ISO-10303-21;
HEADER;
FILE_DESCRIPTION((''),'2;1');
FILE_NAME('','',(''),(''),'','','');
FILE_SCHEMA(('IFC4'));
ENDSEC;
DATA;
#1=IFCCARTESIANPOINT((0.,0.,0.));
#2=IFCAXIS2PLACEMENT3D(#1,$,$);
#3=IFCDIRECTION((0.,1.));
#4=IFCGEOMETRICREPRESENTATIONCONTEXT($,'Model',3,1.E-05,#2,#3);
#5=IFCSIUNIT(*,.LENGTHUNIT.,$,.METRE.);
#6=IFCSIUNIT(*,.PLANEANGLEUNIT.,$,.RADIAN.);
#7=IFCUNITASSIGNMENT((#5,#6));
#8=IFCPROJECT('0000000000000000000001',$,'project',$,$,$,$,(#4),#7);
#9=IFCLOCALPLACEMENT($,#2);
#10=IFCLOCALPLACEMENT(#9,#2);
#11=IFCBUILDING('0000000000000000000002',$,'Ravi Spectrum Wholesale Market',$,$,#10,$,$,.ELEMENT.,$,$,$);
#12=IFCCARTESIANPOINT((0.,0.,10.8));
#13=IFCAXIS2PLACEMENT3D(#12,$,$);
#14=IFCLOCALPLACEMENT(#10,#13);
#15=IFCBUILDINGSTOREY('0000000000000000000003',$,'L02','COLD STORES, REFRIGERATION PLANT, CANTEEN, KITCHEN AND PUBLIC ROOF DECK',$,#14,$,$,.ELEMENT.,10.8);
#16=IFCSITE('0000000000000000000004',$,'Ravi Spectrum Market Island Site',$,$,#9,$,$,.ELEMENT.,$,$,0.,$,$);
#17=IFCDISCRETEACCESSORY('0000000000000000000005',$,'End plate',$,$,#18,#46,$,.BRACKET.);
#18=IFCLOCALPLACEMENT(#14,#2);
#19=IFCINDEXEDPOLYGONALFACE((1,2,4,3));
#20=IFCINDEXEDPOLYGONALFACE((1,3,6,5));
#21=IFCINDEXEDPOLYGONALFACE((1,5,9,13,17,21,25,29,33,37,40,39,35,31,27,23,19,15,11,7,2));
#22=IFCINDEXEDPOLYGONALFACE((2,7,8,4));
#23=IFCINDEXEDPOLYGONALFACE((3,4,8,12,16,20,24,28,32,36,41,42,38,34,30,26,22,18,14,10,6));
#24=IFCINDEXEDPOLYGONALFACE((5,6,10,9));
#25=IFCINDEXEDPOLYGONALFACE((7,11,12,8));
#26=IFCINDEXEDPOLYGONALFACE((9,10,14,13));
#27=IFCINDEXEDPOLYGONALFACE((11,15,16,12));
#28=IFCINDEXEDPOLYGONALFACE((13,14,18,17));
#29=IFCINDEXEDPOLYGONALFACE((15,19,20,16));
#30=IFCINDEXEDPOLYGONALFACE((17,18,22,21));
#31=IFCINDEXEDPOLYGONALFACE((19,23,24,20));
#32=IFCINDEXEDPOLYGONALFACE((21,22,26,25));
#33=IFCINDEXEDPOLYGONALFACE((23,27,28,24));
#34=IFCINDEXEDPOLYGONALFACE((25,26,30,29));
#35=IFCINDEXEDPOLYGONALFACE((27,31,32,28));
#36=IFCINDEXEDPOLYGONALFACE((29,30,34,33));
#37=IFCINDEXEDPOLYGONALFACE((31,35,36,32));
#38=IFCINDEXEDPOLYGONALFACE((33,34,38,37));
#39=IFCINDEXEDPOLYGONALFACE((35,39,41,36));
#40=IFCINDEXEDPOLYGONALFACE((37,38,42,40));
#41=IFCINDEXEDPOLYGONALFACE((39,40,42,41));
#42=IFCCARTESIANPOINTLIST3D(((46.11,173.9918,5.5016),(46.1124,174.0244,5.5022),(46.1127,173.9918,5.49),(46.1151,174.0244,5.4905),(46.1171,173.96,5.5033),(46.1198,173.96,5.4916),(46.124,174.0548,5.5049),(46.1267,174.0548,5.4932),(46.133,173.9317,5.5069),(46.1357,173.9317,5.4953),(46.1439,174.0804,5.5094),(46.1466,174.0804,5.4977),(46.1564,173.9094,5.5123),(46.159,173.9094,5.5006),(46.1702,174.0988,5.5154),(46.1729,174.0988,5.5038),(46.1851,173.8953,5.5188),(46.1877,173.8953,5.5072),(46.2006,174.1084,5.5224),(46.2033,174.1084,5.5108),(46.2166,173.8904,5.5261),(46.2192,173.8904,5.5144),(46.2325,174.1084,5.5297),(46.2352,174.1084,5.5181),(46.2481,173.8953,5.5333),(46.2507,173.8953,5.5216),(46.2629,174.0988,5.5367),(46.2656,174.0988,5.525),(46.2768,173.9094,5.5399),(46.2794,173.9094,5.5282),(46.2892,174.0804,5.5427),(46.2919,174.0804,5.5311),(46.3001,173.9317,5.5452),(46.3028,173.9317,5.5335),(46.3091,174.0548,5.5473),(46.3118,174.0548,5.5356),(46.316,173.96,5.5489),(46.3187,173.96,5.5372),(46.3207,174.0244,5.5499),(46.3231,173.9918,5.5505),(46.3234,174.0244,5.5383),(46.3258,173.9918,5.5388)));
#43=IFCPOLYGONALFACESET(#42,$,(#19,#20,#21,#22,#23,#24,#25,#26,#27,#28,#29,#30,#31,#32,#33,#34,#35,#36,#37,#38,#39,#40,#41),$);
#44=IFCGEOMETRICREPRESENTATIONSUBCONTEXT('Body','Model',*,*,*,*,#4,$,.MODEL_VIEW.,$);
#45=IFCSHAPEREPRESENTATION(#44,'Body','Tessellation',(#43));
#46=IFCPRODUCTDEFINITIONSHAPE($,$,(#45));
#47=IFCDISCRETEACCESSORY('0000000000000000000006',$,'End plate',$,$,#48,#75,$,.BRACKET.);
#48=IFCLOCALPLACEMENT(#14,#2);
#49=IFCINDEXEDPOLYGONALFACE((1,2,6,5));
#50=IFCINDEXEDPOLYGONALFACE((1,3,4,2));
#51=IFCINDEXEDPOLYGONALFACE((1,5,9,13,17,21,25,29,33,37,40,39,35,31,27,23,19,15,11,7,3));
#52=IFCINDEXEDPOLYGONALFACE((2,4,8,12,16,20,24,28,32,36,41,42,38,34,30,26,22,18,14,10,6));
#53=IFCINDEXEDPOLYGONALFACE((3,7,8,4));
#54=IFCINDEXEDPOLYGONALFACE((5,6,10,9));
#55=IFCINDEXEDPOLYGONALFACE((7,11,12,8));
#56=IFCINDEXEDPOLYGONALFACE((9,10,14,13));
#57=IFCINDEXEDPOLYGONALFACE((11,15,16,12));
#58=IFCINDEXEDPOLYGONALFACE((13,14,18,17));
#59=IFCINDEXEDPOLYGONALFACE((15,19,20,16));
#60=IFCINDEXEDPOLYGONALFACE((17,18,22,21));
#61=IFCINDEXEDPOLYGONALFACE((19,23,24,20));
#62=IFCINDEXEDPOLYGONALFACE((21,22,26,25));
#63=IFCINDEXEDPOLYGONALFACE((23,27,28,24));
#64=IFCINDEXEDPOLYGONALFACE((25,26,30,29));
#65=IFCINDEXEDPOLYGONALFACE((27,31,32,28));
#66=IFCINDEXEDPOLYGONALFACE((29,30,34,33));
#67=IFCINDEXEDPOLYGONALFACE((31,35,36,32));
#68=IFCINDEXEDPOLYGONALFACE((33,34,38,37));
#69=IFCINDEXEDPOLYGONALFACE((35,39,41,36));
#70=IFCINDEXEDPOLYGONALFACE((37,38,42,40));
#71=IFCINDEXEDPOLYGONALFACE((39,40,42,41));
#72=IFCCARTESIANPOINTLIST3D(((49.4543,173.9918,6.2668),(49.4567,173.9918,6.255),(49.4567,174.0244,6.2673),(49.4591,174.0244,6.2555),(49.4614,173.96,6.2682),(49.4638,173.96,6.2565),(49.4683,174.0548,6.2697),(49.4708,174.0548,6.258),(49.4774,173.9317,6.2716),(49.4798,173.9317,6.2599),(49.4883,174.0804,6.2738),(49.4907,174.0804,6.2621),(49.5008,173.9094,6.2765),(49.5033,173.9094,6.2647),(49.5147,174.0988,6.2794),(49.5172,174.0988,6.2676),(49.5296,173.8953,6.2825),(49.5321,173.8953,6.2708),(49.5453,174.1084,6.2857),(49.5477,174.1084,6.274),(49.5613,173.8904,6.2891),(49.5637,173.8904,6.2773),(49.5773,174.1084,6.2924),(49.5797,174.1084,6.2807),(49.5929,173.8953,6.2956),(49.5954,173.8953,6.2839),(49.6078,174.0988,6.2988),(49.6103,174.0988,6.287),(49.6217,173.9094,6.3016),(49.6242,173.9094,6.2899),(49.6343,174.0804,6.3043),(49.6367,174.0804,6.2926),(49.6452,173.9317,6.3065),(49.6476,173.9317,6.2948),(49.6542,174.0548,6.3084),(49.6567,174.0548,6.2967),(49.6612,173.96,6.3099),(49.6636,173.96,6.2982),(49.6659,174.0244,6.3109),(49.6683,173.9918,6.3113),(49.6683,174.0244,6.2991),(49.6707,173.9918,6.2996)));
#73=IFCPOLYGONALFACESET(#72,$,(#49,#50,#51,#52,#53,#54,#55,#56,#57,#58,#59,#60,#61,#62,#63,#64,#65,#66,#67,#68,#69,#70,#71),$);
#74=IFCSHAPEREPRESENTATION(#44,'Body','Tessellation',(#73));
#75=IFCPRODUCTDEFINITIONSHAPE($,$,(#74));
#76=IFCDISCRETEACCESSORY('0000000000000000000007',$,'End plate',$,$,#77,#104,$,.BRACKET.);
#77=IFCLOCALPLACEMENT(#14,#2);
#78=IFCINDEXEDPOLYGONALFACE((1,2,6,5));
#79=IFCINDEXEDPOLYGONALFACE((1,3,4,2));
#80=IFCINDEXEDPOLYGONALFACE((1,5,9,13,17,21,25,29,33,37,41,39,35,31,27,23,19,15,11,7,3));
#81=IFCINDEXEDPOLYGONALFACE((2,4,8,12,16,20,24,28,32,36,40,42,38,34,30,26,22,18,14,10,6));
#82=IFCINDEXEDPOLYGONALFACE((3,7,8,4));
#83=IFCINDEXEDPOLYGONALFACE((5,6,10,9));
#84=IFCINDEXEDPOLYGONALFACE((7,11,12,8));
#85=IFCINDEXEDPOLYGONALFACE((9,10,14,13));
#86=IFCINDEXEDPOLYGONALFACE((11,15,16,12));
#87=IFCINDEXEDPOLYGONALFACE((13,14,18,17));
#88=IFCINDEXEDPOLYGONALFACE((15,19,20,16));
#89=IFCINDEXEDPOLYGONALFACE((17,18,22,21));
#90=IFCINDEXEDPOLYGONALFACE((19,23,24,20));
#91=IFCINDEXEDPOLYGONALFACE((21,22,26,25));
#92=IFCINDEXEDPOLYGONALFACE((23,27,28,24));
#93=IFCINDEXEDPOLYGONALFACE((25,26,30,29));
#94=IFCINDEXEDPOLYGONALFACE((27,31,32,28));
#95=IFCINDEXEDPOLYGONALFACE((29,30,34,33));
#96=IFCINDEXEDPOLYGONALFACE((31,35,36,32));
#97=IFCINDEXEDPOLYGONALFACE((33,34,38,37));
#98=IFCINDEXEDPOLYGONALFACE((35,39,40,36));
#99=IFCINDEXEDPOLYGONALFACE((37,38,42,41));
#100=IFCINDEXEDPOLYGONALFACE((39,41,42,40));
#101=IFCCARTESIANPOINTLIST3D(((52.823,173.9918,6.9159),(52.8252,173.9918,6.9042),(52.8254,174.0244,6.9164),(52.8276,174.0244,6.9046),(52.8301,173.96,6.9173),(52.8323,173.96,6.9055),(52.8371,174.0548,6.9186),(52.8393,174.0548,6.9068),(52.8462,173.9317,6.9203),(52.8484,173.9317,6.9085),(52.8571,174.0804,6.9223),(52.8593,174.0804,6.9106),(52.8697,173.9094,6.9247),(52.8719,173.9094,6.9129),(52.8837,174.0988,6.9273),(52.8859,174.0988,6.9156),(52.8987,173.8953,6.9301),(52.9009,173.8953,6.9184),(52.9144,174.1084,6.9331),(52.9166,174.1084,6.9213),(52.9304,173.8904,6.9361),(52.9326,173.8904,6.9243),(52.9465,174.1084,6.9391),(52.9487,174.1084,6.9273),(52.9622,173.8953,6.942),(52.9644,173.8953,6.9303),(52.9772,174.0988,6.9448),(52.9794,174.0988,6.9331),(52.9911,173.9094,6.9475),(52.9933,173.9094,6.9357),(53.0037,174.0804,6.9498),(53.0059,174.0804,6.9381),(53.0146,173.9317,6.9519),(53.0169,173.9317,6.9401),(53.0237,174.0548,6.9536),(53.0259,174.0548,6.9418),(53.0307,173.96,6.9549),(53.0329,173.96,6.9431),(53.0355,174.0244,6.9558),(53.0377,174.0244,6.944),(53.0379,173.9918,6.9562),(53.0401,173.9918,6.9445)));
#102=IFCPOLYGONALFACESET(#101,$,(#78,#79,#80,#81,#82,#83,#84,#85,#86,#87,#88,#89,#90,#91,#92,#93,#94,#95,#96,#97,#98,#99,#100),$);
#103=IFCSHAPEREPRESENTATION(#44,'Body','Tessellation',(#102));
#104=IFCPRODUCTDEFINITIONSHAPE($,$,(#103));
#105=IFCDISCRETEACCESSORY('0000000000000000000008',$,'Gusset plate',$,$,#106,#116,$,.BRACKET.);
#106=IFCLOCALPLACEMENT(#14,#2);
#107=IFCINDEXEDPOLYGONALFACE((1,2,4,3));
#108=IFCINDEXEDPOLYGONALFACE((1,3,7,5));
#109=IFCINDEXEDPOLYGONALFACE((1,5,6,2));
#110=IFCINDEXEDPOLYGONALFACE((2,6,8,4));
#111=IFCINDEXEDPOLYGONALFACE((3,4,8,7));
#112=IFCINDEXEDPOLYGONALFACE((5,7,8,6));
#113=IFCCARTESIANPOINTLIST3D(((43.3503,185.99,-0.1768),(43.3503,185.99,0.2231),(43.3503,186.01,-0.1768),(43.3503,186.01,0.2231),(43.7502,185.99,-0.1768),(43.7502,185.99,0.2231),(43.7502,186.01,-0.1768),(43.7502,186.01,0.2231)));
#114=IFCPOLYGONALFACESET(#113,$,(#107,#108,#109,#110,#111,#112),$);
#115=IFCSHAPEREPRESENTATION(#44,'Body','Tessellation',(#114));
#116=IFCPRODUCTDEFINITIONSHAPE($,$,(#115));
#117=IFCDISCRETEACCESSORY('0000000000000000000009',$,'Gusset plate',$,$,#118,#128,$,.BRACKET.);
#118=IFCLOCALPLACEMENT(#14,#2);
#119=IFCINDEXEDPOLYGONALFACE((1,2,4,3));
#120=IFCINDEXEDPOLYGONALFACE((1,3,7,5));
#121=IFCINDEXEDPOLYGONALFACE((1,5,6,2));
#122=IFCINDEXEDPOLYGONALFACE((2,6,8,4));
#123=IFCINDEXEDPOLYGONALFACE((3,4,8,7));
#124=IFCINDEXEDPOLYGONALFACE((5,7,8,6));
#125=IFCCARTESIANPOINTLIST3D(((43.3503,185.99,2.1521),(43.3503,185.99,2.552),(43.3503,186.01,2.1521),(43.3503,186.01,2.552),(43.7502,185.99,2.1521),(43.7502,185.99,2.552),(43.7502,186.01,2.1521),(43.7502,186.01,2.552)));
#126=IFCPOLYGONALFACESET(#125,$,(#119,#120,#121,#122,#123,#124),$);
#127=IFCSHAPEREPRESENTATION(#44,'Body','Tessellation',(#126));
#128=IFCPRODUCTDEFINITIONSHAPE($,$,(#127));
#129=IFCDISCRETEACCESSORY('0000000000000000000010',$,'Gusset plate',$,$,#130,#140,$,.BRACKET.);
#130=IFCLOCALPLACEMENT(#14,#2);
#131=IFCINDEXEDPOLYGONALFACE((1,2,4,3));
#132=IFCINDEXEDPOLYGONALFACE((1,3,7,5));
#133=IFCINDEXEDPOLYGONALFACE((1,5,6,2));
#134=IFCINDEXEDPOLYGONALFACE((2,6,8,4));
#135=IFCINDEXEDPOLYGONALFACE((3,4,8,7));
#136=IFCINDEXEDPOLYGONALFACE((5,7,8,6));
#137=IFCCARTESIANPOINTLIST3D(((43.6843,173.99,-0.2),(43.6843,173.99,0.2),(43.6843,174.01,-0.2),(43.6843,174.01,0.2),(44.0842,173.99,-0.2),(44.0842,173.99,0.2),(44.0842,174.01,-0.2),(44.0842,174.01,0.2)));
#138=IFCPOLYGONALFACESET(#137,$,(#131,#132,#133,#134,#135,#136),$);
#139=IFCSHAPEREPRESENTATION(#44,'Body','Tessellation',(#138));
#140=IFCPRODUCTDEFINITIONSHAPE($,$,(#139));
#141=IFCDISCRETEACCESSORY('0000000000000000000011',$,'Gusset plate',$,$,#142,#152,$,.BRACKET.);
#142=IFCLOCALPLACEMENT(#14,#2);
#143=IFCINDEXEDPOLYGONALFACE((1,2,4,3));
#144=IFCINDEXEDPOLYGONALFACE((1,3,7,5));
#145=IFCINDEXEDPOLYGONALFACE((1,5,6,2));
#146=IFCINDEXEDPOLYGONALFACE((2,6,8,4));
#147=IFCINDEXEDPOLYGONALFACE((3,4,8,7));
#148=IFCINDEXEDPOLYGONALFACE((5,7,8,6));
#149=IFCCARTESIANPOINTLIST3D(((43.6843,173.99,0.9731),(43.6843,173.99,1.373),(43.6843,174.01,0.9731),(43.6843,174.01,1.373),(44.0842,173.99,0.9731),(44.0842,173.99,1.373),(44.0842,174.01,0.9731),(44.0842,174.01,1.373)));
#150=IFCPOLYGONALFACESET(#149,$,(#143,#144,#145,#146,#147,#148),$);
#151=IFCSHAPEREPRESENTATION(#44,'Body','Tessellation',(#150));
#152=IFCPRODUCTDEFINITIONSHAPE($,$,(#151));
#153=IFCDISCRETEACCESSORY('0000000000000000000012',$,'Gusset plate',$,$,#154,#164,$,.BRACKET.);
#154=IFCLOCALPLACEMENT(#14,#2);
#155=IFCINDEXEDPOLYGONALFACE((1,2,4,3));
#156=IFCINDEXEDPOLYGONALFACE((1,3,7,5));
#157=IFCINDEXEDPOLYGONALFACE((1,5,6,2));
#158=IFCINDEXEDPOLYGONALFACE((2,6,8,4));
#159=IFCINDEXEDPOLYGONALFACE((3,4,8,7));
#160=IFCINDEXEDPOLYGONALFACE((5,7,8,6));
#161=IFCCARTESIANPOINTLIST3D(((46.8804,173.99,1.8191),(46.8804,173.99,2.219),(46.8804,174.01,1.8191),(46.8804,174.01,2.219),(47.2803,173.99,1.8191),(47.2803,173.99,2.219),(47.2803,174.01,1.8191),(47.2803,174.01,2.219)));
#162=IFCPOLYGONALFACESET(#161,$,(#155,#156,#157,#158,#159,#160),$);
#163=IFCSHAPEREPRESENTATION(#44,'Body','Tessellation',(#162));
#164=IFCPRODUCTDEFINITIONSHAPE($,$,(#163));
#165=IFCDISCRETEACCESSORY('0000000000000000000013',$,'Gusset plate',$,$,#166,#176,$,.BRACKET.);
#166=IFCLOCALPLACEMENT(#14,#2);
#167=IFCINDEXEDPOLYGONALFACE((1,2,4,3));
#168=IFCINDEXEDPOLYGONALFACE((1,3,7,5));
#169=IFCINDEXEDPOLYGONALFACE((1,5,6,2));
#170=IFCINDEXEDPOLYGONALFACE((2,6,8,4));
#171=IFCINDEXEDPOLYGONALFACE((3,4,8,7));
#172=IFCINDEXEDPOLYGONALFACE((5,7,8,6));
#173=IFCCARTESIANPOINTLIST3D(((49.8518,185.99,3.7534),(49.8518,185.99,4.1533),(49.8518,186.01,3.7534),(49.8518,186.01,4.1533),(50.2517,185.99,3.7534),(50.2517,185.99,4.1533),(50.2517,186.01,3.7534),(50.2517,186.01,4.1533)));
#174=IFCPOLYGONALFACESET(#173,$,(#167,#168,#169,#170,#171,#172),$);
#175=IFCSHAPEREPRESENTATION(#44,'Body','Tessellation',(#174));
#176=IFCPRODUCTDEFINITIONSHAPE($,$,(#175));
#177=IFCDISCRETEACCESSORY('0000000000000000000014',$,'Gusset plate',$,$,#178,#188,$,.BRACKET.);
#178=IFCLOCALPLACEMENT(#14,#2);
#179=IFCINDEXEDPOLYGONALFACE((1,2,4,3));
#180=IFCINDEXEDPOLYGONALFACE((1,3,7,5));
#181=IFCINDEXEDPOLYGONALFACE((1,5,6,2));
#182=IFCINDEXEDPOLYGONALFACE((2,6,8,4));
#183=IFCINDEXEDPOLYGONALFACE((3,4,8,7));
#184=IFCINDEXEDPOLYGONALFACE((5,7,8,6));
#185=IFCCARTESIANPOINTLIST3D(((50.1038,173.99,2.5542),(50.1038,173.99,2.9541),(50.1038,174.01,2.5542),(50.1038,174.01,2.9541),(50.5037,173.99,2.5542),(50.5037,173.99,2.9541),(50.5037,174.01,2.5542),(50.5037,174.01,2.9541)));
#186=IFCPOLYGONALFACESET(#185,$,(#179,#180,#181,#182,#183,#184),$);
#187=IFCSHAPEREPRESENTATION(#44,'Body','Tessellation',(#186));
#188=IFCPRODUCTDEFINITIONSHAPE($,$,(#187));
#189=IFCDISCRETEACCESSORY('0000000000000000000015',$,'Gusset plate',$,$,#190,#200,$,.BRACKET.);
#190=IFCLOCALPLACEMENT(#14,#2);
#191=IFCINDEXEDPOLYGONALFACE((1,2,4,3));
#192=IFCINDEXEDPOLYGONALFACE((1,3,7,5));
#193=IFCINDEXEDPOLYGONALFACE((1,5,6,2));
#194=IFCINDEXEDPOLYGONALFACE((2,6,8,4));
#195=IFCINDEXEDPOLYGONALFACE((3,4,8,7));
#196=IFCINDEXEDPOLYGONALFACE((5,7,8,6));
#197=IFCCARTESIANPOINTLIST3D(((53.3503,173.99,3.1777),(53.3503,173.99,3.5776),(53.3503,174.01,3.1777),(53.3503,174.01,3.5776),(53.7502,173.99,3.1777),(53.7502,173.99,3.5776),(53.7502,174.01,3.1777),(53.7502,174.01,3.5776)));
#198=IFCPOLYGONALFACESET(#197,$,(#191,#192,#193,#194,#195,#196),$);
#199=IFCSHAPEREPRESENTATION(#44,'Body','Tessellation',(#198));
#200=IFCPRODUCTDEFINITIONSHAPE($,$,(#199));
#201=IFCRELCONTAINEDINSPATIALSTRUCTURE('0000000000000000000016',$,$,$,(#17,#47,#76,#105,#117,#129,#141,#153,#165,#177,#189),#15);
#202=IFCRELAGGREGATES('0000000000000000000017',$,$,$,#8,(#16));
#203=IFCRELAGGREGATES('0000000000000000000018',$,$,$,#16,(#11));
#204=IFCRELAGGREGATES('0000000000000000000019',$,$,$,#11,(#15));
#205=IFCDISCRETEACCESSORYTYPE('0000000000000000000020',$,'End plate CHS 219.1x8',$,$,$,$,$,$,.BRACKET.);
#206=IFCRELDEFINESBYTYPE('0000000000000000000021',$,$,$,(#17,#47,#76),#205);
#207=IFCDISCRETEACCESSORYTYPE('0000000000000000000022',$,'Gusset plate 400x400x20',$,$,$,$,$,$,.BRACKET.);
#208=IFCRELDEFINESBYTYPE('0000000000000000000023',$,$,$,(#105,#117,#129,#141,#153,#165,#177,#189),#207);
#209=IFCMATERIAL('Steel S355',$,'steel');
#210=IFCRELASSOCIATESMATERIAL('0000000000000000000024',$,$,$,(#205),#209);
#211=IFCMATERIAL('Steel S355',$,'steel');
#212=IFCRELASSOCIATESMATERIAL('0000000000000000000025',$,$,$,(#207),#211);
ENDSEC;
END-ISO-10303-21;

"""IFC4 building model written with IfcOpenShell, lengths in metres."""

from ifc_helpers import new_model, si_unit, direction, frame, origin, origin_2d, place, context, subcontext, project, spatial, rectangle, circle, extrude, material, material_profile, profile_set, type_object, element, save


model = new_model("IFC4")

# Units and contexts
model_context = context("Model", 3, precision=1e-05, world=origin(), true_north=direction((0.0, 1.0)))
body_context = subcontext(model_context, "Body", "Model", "MODEL_VIEW")
ifc_project = project(units=[si_unit("LENGTHUNIT", "METRE"), si_unit("PLANEANGLEUNIT", "RADIAN")], contexts=[model_context])

# Site, building, storey
site_placement = place(None, origin())
site = spatial("IfcSite", under=ifc_project, at=site_placement, Name="Ravi Spectrum Market Island Site", CompositionType="ELEMENT", RefElevation=0.0)
building_placement = place(site_placement, origin())
building = spatial("IfcBuilding", under=site, at=building_placement, Name="Ravi Spectrum Wholesale Market", CompositionType="ELEMENT")
storey_placement = place(building_placement, frame((0.0, 0.0, 10.8)))
storey = spatial("IfcBuildingStorey", under=building, at=storey_placement, Name="L02", Description="COLD STORES, REFRIGERATION PLANT, CANTEEN, KITCHEN AND PUBLIC ROOF DECK", CompositionType="ELEMENT", Elevation=10.8)

# Discrete accessories
ifc_material_1 = material(Name="Steel S355", Category="steel")
ifc_material_profile_1 = material_profile(ifc_material_1, circle(Radius=0.1096, at=origin_2d()))
ifc_profile_set_1 = profile_set([ifc_material_profile_1], Name="Steel S355")
discrete_accessory_type_1 = type_object("IfcDiscreteAccessoryType", Name="End plate CHS 219.1x8", PredefinedType="BRACKET", material=ifc_profile_set_1)
for number, where, z_axis, x_axis, name in (
    (1, (46.2192, 174.0, 5.5144), (-0.223376, 0.0, 0.974732), (0.0, -1.0, 0.0), "End plate"),
    (2, (49.5637, 174.0, 6.2773), (-0.203954, 0.0, 0.97898), (0.0, -1.0, 0.0), "End plate"),
    (3, (52.9326, 174.0, 6.9243), (-0.184289, 0.0, 0.982872), (0.0, -1.0, 0.0), "End plate"),
):
    element("IfcDiscreteAccessory", number, at=place(storey_placement, frame(where, z_axis=z_axis, x_axis=x_axis)), inside=storey, type_object=discrete_accessory_type_1, Name=name, PredefinedType="BRACKET", context=body_context, shape_type="SweptSolid", body=[
        extrude(circle(Radius=0.1096, at=origin_2d()), origin(), (0.0, 0.0, 1.0), 0.012),
    ])
ifc_material_2 = material(Name="Steel S355", Category="steel")
ifc_material_profile_2 = material_profile(ifc_material_2, rectangle(XDim=0.3999, YDim=0.02, at=origin_2d()))
ifc_profile_set_2 = profile_set([ifc_material_profile_2], Name="Steel S355")
discrete_accessory_type_2 = type_object("IfcDiscreteAccessoryType", Name="Gusset plate 400x400x20", PredefinedType="BRACKET", material=ifc_profile_set_2)
for number, where, z_axis, x_axis, name in (
    (4, (43.5503, 186.0, -0.1768), (0.0, 0.0, 1.0), (1.0, 0.0, 0.0), "Gusset plate"),
    (5, (43.5503, 186.0, 2.1521), (0.0, 0.0, 1.0), (1.0, 0.0, 0.0), "Gusset plate"),
    (6, (43.8843, 174.0, -0.2), (0.0, 0.0, 1.0), (1.0, 0.0, 0.0), "Gusset plate"),
    (7, (43.8843, 174.0, 0.9731), (0.0, 0.0, 1.0), (1.0, 0.0, 0.0), "Gusset plate"),
    (8, (47.0803, 174.0, 1.8191), (0.0, 0.0, 1.0), (1.0, 0.0, 0.0), "Gusset plate"),
    (9, (50.0518, 186.0, 3.7534), (0.0, 0.0, 1.0), (1.0, 0.0, 0.0), "Gusset plate"),
    (10, (50.3037, 174.0, 2.5542), (0.0, 0.0, 1.0), (1.0, 0.0, 0.0), "Gusset plate"),
    (11, (53.5503, 174.0, 3.1777), (0.0, 0.0, 1.0), (1.0, 0.0, 0.0), "Gusset plate"),
):
    element("IfcDiscreteAccessory", number, at=place(storey_placement, frame(where, z_axis=z_axis, x_axis=x_axis)), inside=storey, type_object=discrete_accessory_type_2, Name=name, PredefinedType="BRACKET", context=body_context, shape_type="SweptSolid", body=[
        extrude(rectangle(XDim=0.3999, YDim=0.02, at=origin_2d()), origin(), (0.0, 0.0, 1.0), 0.3999),
    ])

save(model, "model.ifc")
